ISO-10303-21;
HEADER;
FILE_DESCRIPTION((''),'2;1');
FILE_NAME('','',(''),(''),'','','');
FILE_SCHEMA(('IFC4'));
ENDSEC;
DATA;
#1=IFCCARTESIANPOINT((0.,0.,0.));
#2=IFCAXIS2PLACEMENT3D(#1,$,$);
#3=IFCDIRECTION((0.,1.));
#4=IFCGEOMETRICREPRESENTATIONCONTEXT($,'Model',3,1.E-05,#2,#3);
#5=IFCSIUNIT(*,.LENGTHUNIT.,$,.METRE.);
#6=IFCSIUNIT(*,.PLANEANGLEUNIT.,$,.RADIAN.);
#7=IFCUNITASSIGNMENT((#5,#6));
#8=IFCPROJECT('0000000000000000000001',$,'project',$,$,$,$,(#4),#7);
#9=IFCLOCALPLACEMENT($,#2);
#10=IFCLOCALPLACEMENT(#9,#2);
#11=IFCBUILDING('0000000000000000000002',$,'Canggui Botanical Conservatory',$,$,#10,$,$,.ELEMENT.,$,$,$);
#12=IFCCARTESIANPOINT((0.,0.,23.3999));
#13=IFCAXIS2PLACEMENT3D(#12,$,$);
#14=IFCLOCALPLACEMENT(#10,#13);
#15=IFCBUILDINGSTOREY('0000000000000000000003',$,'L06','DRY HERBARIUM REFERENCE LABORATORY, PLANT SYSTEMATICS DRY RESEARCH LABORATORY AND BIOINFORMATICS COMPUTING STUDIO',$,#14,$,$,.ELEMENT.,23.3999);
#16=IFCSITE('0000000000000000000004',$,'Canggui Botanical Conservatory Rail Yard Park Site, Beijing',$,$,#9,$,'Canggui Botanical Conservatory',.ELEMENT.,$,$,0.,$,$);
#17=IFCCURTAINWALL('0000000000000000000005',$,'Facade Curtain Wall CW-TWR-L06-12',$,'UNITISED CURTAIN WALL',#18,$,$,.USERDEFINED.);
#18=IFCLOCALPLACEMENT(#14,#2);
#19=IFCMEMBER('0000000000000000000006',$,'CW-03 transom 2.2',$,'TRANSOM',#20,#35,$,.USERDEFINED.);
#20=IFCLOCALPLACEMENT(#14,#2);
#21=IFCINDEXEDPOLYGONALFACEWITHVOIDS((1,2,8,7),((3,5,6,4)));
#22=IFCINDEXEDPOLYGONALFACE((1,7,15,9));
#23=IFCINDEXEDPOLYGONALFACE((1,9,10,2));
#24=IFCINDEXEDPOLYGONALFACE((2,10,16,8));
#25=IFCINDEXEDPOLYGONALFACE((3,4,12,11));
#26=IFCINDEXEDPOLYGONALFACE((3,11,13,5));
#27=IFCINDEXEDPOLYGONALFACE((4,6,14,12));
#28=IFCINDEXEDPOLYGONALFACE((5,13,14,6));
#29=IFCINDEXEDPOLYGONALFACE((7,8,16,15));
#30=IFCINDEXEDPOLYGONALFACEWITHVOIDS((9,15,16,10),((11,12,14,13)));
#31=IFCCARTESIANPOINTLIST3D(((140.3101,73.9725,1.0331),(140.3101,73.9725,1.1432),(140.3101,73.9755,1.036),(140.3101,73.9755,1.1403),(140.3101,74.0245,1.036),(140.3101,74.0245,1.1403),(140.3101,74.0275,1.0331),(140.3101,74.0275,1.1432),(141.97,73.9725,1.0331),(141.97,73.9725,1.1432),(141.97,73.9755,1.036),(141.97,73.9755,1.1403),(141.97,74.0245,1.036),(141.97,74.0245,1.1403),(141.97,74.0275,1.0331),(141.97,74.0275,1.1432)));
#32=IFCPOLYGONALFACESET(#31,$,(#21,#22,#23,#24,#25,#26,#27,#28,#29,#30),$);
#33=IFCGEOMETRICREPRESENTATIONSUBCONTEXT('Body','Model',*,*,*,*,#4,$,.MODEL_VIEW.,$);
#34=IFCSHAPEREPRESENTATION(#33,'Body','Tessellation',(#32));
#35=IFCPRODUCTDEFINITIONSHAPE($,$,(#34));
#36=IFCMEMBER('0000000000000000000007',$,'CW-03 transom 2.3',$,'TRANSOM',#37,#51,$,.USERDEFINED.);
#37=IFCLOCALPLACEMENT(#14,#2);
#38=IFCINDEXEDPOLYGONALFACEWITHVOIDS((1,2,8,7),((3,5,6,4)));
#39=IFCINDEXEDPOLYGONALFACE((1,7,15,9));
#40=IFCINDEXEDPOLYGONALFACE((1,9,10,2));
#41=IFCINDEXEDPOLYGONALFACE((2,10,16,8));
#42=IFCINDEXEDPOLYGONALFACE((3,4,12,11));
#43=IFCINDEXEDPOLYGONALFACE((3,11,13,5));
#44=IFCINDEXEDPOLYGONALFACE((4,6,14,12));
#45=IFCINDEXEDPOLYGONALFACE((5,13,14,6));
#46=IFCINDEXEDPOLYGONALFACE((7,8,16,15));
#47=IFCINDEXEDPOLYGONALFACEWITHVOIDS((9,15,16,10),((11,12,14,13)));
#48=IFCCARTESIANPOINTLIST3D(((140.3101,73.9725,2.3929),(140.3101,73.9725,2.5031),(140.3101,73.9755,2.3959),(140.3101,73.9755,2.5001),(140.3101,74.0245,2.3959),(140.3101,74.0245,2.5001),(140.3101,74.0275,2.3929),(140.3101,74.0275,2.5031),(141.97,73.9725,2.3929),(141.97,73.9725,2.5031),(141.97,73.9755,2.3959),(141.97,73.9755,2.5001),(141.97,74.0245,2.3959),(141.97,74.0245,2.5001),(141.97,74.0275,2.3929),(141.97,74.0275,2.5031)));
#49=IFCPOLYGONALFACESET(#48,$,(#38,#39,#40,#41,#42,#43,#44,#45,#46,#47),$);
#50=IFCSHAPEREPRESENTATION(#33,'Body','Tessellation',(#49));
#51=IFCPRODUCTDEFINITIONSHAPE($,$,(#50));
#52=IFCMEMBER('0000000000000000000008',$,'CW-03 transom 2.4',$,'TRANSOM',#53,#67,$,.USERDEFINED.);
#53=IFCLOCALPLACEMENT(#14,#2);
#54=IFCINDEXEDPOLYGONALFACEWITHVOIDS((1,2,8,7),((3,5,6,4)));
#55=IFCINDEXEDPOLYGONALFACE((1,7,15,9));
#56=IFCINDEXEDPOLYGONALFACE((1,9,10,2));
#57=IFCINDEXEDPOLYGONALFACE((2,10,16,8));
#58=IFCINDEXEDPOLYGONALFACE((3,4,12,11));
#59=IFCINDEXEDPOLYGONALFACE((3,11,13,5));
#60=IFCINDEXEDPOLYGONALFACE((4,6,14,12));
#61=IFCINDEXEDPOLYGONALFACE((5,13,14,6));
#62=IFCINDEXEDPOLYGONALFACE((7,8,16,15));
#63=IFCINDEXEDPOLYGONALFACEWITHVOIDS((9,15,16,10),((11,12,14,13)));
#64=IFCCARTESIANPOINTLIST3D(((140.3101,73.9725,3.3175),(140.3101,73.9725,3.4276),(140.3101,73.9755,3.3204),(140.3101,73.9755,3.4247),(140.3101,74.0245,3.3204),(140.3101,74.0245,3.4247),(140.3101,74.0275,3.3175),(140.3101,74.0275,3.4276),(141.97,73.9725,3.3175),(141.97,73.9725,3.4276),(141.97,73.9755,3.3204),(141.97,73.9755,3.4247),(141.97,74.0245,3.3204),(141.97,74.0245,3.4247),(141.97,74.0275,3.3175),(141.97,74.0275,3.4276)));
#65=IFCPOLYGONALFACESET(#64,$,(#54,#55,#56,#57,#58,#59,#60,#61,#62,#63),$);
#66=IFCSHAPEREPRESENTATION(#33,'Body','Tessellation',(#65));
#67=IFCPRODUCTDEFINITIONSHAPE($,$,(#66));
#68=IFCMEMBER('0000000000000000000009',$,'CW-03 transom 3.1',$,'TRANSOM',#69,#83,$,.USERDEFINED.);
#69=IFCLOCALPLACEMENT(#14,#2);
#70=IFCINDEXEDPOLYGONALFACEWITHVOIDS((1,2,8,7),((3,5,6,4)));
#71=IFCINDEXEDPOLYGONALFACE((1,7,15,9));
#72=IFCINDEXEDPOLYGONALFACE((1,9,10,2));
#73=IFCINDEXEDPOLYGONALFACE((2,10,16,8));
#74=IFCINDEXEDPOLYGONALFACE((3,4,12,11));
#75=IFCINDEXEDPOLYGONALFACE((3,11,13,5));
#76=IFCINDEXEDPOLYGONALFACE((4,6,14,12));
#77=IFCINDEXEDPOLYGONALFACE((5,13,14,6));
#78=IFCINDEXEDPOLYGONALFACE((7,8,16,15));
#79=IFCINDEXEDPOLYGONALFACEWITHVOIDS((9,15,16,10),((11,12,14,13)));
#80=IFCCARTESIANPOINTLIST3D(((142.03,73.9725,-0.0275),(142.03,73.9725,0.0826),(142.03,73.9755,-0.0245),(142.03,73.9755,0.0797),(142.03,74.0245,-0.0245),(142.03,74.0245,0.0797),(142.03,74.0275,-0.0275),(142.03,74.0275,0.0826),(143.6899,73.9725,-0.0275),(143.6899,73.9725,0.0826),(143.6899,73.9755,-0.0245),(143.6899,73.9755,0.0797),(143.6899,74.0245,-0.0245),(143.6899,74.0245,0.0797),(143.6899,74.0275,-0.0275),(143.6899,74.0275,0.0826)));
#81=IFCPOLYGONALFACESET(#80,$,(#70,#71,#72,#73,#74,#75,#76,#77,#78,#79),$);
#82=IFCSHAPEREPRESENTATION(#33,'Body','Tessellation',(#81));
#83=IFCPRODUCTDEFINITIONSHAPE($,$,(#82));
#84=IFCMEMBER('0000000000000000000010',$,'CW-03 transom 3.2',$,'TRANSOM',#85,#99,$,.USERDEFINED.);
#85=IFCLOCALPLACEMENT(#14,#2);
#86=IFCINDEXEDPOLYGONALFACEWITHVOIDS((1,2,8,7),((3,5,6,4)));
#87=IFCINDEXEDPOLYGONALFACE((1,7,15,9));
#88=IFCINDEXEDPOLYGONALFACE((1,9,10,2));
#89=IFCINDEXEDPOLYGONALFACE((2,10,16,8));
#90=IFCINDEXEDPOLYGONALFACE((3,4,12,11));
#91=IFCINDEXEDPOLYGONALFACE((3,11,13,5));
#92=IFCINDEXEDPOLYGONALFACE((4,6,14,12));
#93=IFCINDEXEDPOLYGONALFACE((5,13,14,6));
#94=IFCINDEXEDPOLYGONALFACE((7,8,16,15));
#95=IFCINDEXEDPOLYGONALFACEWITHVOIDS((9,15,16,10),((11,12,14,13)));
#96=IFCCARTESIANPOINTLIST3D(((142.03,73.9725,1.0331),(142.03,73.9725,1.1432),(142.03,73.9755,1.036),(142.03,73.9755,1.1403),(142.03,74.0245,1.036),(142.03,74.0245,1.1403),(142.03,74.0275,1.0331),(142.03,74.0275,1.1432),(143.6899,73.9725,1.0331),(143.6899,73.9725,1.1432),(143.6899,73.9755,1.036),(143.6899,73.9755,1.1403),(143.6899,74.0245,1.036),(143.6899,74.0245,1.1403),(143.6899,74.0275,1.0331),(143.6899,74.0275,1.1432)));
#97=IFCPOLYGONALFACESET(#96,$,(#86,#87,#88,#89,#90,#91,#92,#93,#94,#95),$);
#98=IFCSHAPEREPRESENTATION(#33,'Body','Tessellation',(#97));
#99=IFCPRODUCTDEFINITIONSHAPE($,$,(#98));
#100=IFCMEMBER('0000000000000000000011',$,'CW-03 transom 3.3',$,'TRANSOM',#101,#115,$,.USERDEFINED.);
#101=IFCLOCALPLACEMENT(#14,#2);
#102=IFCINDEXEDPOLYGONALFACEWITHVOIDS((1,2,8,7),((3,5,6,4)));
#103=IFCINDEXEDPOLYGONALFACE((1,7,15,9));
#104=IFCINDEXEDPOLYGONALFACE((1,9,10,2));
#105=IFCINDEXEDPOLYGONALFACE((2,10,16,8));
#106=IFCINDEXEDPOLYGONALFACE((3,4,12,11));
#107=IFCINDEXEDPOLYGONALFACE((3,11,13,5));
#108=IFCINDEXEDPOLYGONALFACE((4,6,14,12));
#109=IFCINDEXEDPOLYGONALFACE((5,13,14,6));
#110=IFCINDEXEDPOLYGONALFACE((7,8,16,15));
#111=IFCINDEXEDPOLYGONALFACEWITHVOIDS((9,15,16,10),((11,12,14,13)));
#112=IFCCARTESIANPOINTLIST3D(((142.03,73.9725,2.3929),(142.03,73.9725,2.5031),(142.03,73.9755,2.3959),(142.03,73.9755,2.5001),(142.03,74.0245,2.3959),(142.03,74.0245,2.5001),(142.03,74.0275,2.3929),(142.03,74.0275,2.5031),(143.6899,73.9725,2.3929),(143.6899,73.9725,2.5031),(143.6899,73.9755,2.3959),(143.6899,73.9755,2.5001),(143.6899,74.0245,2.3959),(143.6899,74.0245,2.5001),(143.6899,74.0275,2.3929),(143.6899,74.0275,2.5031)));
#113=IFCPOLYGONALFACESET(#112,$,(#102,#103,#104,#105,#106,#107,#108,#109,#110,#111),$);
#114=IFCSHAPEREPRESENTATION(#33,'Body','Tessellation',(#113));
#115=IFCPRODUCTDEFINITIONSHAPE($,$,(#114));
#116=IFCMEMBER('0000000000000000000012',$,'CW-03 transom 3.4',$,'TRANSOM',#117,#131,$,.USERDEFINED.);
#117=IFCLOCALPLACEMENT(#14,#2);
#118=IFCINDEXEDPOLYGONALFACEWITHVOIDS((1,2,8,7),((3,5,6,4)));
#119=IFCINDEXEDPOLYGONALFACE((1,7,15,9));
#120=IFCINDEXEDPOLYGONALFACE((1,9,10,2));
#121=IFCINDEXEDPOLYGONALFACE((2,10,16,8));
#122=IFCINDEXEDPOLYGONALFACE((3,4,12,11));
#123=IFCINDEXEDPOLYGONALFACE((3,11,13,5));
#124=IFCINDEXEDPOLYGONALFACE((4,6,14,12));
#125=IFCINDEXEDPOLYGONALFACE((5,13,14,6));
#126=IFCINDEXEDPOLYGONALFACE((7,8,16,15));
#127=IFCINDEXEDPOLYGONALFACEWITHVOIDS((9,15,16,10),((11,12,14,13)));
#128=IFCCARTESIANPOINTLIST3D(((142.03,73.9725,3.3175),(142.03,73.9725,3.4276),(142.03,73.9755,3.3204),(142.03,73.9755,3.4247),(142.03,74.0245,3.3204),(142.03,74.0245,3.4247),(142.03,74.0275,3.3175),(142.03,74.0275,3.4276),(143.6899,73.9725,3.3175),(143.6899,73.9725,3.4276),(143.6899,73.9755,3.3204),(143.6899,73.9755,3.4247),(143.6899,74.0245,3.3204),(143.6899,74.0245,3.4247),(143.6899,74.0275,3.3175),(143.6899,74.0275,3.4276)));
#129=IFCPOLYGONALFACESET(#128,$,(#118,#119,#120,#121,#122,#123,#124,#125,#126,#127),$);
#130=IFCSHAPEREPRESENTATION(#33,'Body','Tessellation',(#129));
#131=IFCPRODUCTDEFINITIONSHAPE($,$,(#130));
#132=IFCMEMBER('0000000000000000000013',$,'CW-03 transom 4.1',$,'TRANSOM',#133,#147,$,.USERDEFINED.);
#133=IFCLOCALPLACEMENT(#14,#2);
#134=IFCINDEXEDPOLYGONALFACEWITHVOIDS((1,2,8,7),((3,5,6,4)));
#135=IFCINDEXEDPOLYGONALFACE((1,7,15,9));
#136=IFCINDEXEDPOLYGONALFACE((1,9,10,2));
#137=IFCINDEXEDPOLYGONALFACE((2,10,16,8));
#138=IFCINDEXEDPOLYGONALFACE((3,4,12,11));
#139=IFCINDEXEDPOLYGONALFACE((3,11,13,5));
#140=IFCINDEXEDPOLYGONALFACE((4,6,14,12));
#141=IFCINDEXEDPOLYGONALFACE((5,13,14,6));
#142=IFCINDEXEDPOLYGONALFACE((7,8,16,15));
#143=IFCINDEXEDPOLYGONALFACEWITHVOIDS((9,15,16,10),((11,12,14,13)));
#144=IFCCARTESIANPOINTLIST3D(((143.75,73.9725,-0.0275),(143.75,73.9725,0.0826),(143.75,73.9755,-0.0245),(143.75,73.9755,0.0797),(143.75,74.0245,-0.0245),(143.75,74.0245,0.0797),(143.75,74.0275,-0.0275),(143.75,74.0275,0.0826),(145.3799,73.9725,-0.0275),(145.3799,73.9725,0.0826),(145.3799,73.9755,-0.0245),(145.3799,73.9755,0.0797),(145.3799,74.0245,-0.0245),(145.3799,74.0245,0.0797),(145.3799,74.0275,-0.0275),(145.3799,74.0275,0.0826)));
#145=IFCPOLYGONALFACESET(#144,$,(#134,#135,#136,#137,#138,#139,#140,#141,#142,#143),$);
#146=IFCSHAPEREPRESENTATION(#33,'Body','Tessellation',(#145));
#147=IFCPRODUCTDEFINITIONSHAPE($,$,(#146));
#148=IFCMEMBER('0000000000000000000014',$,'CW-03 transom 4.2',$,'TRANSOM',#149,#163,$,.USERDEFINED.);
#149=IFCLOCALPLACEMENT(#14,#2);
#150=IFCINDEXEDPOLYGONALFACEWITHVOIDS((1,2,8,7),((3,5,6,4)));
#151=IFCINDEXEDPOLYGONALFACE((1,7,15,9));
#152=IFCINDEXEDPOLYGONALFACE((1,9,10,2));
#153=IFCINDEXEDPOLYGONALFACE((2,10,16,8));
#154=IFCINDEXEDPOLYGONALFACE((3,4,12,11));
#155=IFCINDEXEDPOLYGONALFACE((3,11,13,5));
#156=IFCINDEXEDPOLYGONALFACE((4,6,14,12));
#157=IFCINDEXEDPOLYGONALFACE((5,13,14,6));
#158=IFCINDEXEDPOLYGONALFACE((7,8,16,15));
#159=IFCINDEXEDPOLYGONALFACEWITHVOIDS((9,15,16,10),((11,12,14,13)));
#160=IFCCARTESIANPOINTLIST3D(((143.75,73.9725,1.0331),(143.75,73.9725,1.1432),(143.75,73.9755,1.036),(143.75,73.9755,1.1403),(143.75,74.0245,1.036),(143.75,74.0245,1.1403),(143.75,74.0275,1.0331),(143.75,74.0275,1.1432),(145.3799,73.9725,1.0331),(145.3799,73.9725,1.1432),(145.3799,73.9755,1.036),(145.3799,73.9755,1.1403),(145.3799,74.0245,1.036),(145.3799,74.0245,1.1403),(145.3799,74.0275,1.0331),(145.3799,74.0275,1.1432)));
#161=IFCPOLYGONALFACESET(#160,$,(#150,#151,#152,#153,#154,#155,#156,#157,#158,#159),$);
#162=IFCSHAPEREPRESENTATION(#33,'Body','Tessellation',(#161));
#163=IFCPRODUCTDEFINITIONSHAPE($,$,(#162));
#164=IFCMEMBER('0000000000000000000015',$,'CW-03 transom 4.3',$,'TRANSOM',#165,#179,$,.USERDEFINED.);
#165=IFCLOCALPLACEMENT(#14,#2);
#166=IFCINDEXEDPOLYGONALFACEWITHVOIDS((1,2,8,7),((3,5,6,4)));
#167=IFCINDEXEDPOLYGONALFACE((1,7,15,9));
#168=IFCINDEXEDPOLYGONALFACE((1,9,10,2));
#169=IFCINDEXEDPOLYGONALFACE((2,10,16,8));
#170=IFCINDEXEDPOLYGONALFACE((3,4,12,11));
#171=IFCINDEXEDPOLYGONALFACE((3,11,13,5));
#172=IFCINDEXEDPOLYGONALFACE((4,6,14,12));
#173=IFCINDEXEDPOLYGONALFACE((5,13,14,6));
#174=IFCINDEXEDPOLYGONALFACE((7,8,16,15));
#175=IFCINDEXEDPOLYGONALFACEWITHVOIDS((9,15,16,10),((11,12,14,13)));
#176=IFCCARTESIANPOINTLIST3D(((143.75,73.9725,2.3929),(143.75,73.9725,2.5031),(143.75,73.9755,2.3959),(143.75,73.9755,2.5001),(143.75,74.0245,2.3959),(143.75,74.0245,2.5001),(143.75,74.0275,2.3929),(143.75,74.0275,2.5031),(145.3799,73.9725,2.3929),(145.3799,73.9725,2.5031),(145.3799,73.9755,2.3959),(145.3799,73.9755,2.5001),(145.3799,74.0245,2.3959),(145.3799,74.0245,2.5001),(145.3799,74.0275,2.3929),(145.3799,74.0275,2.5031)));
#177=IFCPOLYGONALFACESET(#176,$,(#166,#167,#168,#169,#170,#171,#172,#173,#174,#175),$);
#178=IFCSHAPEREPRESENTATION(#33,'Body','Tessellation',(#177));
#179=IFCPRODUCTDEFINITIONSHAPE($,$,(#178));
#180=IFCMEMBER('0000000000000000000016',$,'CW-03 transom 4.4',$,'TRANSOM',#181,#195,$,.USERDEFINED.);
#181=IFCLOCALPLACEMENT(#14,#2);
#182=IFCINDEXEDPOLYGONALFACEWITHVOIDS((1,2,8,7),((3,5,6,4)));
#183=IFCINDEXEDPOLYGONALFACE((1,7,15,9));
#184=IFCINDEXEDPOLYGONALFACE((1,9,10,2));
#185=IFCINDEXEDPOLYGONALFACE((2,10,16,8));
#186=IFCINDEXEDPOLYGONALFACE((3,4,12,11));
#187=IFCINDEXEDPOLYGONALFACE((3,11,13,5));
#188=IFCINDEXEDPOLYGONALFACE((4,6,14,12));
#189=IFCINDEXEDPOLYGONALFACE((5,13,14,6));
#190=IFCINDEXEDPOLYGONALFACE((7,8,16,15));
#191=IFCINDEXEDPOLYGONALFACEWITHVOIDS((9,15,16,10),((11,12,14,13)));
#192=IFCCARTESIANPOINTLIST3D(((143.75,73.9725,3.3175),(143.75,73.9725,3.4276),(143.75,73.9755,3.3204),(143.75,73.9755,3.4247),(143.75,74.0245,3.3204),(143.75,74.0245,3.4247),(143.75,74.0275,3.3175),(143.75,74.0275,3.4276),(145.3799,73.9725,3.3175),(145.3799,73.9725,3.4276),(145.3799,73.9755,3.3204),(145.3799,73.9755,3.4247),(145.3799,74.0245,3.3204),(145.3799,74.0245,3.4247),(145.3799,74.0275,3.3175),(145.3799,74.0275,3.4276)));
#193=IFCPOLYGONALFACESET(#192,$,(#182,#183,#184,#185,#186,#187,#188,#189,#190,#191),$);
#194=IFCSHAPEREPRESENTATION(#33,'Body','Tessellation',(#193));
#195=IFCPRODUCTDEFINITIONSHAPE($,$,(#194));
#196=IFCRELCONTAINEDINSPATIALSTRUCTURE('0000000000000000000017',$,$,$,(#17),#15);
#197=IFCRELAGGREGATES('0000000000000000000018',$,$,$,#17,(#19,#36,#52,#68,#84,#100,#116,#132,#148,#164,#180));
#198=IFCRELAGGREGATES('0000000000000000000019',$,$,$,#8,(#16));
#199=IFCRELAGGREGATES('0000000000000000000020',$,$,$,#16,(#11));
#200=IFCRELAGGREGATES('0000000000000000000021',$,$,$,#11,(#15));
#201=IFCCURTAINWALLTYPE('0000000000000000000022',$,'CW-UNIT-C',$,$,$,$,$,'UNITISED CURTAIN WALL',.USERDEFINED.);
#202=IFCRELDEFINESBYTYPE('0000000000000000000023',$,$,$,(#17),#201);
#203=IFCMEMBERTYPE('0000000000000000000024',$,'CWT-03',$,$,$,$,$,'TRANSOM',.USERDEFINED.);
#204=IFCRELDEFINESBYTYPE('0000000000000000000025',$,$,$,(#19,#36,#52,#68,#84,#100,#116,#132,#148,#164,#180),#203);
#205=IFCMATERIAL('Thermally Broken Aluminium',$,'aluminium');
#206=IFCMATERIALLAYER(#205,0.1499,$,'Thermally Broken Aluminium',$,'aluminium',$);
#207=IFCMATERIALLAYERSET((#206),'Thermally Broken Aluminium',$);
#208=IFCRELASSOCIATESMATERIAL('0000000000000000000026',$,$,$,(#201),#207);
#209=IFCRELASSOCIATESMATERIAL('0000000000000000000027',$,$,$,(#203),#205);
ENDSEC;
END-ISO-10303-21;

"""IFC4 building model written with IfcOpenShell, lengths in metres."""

from ifc_helpers import new_model, si_unit, direction, frame, origin, origin_2d, place, context, subcontext, project, spatial, hollow_rectangle, extrude, material, layer, layer_set, material_profile, profile_set, type_object, element, aggregate, save


model = new_model("IFC4")

# Units and contexts
model_context = context("Model", 3, precision=1e-05, world=origin(), true_north=direction((0.0, 1.0)))
body_context = subcontext(model_context, "Body", "Model", "MODEL_VIEW")
ifc_project = project(units=[si_unit("LENGTHUNIT", "METRE"), si_unit("PLANEANGLEUNIT", "RADIAN")], contexts=[model_context])

# Site, building, storey
site_placement = place(None, origin())
site = spatial("IfcSite", under=ifc_project, at=site_placement, Name="Canggui Botanical Conservatory Rail Yard Park Site, Beijing", LongName="Canggui Botanical Conservatory", CompositionType="ELEMENT", RefElevation=0.0)
building_placement = place(site_placement, origin())
building = spatial("IfcBuilding", under=site, at=building_placement, Name="Canggui Botanical Conservatory", CompositionType="ELEMENT")
storey_placement = place(building_placement, frame((0.0, 0.0, 23.3999)))
storey = spatial("IfcBuildingStorey", under=building, at=storey_placement, Name="L06", Description="DRY HERBARIUM REFERENCE LABORATORY, PLANT SYSTEMATICS DRY RESEARCH LABORATORY AND BIOINFORMATICS COMPUTING STUDIO", CompositionType="ELEMENT", Elevation=23.3999)

# Curtain wall, members
ifc_material_1 = material(Name="Thermally Broken Aluminium", Category="aluminium")
ifc_layer_1 = layer(ifc_material_1, 0.1499, Name="Thermally Broken Aluminium", Category="aluminium")
ifc_layer_set_1 = layer_set([ifc_layer_1], Name="Thermally Broken Aluminium")
curtain_wall_type = type_object("IfcCurtainWallType", Name="CW-UNIT-C", ElementType="UNITISED CURTAIN WALL", PredefinedType="USERDEFINED", material=ifc_layer_set_1)
curtain_wall_placement = place(storey_placement, origin())
curtain_wall = element("IfcCurtainWall", 1, at=curtain_wall_placement, inside=storey, type_object=curtain_wall_type, Name="Facade Curtain Wall CW-TWR-L06-12", ObjectType="UNITISED CURTAIN WALL", PredefinedType="USERDEFINED")
ifc_material_profile_1 = material_profile(ifc_material_1, hollow_rectangle(XDim=0.0549, YDim=0.1101, WallThickness=0.0029, at=origin_2d()), Name="CWT 55x110x3")
ifc_profile_set_1 = profile_set([ifc_material_profile_1], Name="Thermally Broken Aluminium")
member_type_1 = type_object("IfcMemberType", Name="CWT-03", ElementType="TRANSOM", PredefinedType="USERDEFINED", material=ifc_profile_set_1)
member_1_placement = place(storey_placement, frame((140.3101, 74.0, 1.0881), z_axis=(1.0, 0.0, 0.0), x_axis=(0.0, 1.0, 0.0)))
member_1 = element("IfcMember", 2, at=member_1_placement, type_object=member_type_1, Name="CW-03 transom 2.2", ObjectType="TRANSOM", PredefinedType="USERDEFINED", context=body_context, shape_type="SweptSolid", body=[
    extrude(hollow_rectangle(XDim=0.0549, YDim=0.1101, WallThickness=0.0029, at=origin_2d()), origin(), (0.0, 0.0, 1.0), 1.6599),
])
member_2_placement = place(storey_placement, frame((140.3101, 74.0, 2.448), z_axis=(1.0, 0.0, 0.0), x_axis=(0.0, 1.0, 0.0)))
member_2 = element("IfcMember", 3, at=member_2_placement, type_object=member_type_1, Name="CW-03 transom 2.3", ObjectType="TRANSOM", PredefinedType="USERDEFINED", context=body_context, shape_type="SweptSolid", body=[
    extrude(hollow_rectangle(XDim=0.0549, YDim=0.1101, WallThickness=0.0029, at=origin_2d()), origin(), (0.0, 0.0, 1.0), 1.6599),
])
member_3_placement = place(storey_placement, frame((140.3101, 74.0, 3.3726), z_axis=(1.0, 0.0, 0.0), x_axis=(0.0, 1.0, 0.0)))
member_3 = element("IfcMember", 4, at=member_3_placement, type_object=member_type_1, Name="CW-03 transom 2.4", ObjectType="TRANSOM", PredefinedType="USERDEFINED", context=body_context, shape_type="SweptSolid", body=[
    extrude(hollow_rectangle(XDim=0.0549, YDim=0.1101, WallThickness=0.0029, at=origin_2d()), origin(), (0.0, 0.0, 1.0), 1.6599),
])
member_4_placement = place(storey_placement, frame((142.03, 74.0, 0.0276), z_axis=(1.0, 0.0, 0.0), x_axis=(0.0, 1.0, 0.0)))
member_4 = element("IfcMember", 5, at=member_4_placement, type_object=member_type_1, Name="CW-03 transom 3.1", ObjectType="TRANSOM", PredefinedType="USERDEFINED", context=body_context, shape_type="SweptSolid", body=[
    extrude(hollow_rectangle(XDim=0.0549, YDim=0.1101, WallThickness=0.0029, at=origin_2d()), origin(), (0.0, 0.0, 1.0), 1.6599),
])
member_5_placement = place(storey_placement, frame((142.03, 74.0, 1.0881), z_axis=(1.0, 0.0, 0.0), x_axis=(0.0, 1.0, 0.0)))
member_5 = element("IfcMember", 6, at=member_5_placement, type_object=member_type_1, Name="CW-03 transom 3.2", ObjectType="TRANSOM", PredefinedType="USERDEFINED", context=body_context, shape_type="SweptSolid", body=[
    extrude(hollow_rectangle(XDim=0.0549, YDim=0.1101, WallThickness=0.0029, at=origin_2d()), origin(), (0.0, 0.0, 1.0), 1.6599),
])
member_6_placement = place(storey_placement, frame((142.03, 74.0, 2.448), z_axis=(1.0, 0.0, 0.0), x_axis=(0.0, 1.0, 0.0)))
member_6 = element("IfcMember", 7, at=member_6_placement, type_object=member_type_1, Name="CW-03 transom 3.3", ObjectType="TRANSOM", PredefinedType="USERDEFINED", context=body_context, shape_type="SweptSolid", body=[
    extrude(hollow_rectangle(XDim=0.0549, YDim=0.1101, WallThickness=0.0029, at=origin_2d()), origin(), (0.0, 0.0, 1.0), 1.6599),
])
member_7_placement = place(storey_placement, frame((142.03, 74.0, 3.3726), z_axis=(1.0, 0.0, 0.0), x_axis=(0.0, 1.0, 0.0)))
member_7 = element("IfcMember", 8, at=member_7_placement, type_object=member_type_1, Name="CW-03 transom 3.4", ObjectType="TRANSOM", PredefinedType="USERDEFINED", context=body_context, shape_type="SweptSolid", body=[
    extrude(hollow_rectangle(XDim=0.0549, YDim=0.1101, WallThickness=0.0029, at=origin_2d()), origin(), (0.0, 0.0, 1.0), 1.6599),
])
member_8_placement = place(storey_placement, frame((143.75, 74.0, 0.0276), z_axis=(1.0, 0.0, 0.0), x_axis=(0.0, 1.0, 0.0)))
member_8 = element("IfcMember", 9, at=member_8_placement, type_object=member_type_1, Name="CW-03 transom 4.1", ObjectType="TRANSOM", PredefinedType="USERDEFINED", context=body_context, shape_type="SweptSolid", body=[
    extrude(hollow_rectangle(XDim=0.0549, YDim=0.1101, WallThickness=0.0029, at=origin_2d()), origin(), (0.0, 0.0, 1.0), 1.6299),
])
member_9_placement = place(storey_placement, frame((143.75, 74.0, 1.0881), z_axis=(1.0, 0.0, 0.0), x_axis=(0.0, 1.0, 0.0)))
member_9 = element("IfcMember", 10, at=member_9_placement, type_object=member_type_1, Name="CW-03 transom 4.2", ObjectType="TRANSOM", PredefinedType="USERDEFINED", context=body_context, shape_type="SweptSolid", body=[
    extrude(hollow_rectangle(XDim=0.0549, YDim=0.1101, WallThickness=0.0029, at=origin_2d()), origin(), (0.0, 0.0, 1.0), 1.6299),
])
member_10_placement = place(storey_placement, frame((143.75, 74.0, 2.448), z_axis=(1.0, 0.0, 0.0), x_axis=(0.0, 1.0, 0.0)))
member_10 = element("IfcMember", 11, at=member_10_placement, type_object=member_type_1, Name="CW-03 transom 4.3", ObjectType="TRANSOM", PredefinedType="USERDEFINED", context=body_context, shape_type="SweptSolid", body=[
    extrude(hollow_rectangle(XDim=0.0549, YDim=0.1101, WallThickness=0.0029, at=origin_2d()), origin(), (0.0, 0.0, 1.0), 1.6299),
])
member_11_placement = place(storey_placement, frame((143.75, 74.0, 3.3726), z_axis=(1.0, 0.0, 0.0), x_axis=(0.0, 1.0, 0.0)))
member_11 = element("IfcMember", 12, at=member_11_placement, type_object=member_type_1, Name="CW-03 transom 4.4", ObjectType="TRANSOM", PredefinedType="USERDEFINED", context=body_context, shape_type="SweptSolid", body=[
    extrude(hollow_rectangle(XDim=0.0549, YDim=0.1101, WallThickness=0.0029, at=origin_2d()), origin(), (0.0, 0.0, 1.0), 1.6299),
])
aggregate(curtain_wall, [member_1, member_2, member_3, member_4, member_5, member_6, member_7, member_8, member_9, member_10, member_11])

save(model, "model.ifc")
